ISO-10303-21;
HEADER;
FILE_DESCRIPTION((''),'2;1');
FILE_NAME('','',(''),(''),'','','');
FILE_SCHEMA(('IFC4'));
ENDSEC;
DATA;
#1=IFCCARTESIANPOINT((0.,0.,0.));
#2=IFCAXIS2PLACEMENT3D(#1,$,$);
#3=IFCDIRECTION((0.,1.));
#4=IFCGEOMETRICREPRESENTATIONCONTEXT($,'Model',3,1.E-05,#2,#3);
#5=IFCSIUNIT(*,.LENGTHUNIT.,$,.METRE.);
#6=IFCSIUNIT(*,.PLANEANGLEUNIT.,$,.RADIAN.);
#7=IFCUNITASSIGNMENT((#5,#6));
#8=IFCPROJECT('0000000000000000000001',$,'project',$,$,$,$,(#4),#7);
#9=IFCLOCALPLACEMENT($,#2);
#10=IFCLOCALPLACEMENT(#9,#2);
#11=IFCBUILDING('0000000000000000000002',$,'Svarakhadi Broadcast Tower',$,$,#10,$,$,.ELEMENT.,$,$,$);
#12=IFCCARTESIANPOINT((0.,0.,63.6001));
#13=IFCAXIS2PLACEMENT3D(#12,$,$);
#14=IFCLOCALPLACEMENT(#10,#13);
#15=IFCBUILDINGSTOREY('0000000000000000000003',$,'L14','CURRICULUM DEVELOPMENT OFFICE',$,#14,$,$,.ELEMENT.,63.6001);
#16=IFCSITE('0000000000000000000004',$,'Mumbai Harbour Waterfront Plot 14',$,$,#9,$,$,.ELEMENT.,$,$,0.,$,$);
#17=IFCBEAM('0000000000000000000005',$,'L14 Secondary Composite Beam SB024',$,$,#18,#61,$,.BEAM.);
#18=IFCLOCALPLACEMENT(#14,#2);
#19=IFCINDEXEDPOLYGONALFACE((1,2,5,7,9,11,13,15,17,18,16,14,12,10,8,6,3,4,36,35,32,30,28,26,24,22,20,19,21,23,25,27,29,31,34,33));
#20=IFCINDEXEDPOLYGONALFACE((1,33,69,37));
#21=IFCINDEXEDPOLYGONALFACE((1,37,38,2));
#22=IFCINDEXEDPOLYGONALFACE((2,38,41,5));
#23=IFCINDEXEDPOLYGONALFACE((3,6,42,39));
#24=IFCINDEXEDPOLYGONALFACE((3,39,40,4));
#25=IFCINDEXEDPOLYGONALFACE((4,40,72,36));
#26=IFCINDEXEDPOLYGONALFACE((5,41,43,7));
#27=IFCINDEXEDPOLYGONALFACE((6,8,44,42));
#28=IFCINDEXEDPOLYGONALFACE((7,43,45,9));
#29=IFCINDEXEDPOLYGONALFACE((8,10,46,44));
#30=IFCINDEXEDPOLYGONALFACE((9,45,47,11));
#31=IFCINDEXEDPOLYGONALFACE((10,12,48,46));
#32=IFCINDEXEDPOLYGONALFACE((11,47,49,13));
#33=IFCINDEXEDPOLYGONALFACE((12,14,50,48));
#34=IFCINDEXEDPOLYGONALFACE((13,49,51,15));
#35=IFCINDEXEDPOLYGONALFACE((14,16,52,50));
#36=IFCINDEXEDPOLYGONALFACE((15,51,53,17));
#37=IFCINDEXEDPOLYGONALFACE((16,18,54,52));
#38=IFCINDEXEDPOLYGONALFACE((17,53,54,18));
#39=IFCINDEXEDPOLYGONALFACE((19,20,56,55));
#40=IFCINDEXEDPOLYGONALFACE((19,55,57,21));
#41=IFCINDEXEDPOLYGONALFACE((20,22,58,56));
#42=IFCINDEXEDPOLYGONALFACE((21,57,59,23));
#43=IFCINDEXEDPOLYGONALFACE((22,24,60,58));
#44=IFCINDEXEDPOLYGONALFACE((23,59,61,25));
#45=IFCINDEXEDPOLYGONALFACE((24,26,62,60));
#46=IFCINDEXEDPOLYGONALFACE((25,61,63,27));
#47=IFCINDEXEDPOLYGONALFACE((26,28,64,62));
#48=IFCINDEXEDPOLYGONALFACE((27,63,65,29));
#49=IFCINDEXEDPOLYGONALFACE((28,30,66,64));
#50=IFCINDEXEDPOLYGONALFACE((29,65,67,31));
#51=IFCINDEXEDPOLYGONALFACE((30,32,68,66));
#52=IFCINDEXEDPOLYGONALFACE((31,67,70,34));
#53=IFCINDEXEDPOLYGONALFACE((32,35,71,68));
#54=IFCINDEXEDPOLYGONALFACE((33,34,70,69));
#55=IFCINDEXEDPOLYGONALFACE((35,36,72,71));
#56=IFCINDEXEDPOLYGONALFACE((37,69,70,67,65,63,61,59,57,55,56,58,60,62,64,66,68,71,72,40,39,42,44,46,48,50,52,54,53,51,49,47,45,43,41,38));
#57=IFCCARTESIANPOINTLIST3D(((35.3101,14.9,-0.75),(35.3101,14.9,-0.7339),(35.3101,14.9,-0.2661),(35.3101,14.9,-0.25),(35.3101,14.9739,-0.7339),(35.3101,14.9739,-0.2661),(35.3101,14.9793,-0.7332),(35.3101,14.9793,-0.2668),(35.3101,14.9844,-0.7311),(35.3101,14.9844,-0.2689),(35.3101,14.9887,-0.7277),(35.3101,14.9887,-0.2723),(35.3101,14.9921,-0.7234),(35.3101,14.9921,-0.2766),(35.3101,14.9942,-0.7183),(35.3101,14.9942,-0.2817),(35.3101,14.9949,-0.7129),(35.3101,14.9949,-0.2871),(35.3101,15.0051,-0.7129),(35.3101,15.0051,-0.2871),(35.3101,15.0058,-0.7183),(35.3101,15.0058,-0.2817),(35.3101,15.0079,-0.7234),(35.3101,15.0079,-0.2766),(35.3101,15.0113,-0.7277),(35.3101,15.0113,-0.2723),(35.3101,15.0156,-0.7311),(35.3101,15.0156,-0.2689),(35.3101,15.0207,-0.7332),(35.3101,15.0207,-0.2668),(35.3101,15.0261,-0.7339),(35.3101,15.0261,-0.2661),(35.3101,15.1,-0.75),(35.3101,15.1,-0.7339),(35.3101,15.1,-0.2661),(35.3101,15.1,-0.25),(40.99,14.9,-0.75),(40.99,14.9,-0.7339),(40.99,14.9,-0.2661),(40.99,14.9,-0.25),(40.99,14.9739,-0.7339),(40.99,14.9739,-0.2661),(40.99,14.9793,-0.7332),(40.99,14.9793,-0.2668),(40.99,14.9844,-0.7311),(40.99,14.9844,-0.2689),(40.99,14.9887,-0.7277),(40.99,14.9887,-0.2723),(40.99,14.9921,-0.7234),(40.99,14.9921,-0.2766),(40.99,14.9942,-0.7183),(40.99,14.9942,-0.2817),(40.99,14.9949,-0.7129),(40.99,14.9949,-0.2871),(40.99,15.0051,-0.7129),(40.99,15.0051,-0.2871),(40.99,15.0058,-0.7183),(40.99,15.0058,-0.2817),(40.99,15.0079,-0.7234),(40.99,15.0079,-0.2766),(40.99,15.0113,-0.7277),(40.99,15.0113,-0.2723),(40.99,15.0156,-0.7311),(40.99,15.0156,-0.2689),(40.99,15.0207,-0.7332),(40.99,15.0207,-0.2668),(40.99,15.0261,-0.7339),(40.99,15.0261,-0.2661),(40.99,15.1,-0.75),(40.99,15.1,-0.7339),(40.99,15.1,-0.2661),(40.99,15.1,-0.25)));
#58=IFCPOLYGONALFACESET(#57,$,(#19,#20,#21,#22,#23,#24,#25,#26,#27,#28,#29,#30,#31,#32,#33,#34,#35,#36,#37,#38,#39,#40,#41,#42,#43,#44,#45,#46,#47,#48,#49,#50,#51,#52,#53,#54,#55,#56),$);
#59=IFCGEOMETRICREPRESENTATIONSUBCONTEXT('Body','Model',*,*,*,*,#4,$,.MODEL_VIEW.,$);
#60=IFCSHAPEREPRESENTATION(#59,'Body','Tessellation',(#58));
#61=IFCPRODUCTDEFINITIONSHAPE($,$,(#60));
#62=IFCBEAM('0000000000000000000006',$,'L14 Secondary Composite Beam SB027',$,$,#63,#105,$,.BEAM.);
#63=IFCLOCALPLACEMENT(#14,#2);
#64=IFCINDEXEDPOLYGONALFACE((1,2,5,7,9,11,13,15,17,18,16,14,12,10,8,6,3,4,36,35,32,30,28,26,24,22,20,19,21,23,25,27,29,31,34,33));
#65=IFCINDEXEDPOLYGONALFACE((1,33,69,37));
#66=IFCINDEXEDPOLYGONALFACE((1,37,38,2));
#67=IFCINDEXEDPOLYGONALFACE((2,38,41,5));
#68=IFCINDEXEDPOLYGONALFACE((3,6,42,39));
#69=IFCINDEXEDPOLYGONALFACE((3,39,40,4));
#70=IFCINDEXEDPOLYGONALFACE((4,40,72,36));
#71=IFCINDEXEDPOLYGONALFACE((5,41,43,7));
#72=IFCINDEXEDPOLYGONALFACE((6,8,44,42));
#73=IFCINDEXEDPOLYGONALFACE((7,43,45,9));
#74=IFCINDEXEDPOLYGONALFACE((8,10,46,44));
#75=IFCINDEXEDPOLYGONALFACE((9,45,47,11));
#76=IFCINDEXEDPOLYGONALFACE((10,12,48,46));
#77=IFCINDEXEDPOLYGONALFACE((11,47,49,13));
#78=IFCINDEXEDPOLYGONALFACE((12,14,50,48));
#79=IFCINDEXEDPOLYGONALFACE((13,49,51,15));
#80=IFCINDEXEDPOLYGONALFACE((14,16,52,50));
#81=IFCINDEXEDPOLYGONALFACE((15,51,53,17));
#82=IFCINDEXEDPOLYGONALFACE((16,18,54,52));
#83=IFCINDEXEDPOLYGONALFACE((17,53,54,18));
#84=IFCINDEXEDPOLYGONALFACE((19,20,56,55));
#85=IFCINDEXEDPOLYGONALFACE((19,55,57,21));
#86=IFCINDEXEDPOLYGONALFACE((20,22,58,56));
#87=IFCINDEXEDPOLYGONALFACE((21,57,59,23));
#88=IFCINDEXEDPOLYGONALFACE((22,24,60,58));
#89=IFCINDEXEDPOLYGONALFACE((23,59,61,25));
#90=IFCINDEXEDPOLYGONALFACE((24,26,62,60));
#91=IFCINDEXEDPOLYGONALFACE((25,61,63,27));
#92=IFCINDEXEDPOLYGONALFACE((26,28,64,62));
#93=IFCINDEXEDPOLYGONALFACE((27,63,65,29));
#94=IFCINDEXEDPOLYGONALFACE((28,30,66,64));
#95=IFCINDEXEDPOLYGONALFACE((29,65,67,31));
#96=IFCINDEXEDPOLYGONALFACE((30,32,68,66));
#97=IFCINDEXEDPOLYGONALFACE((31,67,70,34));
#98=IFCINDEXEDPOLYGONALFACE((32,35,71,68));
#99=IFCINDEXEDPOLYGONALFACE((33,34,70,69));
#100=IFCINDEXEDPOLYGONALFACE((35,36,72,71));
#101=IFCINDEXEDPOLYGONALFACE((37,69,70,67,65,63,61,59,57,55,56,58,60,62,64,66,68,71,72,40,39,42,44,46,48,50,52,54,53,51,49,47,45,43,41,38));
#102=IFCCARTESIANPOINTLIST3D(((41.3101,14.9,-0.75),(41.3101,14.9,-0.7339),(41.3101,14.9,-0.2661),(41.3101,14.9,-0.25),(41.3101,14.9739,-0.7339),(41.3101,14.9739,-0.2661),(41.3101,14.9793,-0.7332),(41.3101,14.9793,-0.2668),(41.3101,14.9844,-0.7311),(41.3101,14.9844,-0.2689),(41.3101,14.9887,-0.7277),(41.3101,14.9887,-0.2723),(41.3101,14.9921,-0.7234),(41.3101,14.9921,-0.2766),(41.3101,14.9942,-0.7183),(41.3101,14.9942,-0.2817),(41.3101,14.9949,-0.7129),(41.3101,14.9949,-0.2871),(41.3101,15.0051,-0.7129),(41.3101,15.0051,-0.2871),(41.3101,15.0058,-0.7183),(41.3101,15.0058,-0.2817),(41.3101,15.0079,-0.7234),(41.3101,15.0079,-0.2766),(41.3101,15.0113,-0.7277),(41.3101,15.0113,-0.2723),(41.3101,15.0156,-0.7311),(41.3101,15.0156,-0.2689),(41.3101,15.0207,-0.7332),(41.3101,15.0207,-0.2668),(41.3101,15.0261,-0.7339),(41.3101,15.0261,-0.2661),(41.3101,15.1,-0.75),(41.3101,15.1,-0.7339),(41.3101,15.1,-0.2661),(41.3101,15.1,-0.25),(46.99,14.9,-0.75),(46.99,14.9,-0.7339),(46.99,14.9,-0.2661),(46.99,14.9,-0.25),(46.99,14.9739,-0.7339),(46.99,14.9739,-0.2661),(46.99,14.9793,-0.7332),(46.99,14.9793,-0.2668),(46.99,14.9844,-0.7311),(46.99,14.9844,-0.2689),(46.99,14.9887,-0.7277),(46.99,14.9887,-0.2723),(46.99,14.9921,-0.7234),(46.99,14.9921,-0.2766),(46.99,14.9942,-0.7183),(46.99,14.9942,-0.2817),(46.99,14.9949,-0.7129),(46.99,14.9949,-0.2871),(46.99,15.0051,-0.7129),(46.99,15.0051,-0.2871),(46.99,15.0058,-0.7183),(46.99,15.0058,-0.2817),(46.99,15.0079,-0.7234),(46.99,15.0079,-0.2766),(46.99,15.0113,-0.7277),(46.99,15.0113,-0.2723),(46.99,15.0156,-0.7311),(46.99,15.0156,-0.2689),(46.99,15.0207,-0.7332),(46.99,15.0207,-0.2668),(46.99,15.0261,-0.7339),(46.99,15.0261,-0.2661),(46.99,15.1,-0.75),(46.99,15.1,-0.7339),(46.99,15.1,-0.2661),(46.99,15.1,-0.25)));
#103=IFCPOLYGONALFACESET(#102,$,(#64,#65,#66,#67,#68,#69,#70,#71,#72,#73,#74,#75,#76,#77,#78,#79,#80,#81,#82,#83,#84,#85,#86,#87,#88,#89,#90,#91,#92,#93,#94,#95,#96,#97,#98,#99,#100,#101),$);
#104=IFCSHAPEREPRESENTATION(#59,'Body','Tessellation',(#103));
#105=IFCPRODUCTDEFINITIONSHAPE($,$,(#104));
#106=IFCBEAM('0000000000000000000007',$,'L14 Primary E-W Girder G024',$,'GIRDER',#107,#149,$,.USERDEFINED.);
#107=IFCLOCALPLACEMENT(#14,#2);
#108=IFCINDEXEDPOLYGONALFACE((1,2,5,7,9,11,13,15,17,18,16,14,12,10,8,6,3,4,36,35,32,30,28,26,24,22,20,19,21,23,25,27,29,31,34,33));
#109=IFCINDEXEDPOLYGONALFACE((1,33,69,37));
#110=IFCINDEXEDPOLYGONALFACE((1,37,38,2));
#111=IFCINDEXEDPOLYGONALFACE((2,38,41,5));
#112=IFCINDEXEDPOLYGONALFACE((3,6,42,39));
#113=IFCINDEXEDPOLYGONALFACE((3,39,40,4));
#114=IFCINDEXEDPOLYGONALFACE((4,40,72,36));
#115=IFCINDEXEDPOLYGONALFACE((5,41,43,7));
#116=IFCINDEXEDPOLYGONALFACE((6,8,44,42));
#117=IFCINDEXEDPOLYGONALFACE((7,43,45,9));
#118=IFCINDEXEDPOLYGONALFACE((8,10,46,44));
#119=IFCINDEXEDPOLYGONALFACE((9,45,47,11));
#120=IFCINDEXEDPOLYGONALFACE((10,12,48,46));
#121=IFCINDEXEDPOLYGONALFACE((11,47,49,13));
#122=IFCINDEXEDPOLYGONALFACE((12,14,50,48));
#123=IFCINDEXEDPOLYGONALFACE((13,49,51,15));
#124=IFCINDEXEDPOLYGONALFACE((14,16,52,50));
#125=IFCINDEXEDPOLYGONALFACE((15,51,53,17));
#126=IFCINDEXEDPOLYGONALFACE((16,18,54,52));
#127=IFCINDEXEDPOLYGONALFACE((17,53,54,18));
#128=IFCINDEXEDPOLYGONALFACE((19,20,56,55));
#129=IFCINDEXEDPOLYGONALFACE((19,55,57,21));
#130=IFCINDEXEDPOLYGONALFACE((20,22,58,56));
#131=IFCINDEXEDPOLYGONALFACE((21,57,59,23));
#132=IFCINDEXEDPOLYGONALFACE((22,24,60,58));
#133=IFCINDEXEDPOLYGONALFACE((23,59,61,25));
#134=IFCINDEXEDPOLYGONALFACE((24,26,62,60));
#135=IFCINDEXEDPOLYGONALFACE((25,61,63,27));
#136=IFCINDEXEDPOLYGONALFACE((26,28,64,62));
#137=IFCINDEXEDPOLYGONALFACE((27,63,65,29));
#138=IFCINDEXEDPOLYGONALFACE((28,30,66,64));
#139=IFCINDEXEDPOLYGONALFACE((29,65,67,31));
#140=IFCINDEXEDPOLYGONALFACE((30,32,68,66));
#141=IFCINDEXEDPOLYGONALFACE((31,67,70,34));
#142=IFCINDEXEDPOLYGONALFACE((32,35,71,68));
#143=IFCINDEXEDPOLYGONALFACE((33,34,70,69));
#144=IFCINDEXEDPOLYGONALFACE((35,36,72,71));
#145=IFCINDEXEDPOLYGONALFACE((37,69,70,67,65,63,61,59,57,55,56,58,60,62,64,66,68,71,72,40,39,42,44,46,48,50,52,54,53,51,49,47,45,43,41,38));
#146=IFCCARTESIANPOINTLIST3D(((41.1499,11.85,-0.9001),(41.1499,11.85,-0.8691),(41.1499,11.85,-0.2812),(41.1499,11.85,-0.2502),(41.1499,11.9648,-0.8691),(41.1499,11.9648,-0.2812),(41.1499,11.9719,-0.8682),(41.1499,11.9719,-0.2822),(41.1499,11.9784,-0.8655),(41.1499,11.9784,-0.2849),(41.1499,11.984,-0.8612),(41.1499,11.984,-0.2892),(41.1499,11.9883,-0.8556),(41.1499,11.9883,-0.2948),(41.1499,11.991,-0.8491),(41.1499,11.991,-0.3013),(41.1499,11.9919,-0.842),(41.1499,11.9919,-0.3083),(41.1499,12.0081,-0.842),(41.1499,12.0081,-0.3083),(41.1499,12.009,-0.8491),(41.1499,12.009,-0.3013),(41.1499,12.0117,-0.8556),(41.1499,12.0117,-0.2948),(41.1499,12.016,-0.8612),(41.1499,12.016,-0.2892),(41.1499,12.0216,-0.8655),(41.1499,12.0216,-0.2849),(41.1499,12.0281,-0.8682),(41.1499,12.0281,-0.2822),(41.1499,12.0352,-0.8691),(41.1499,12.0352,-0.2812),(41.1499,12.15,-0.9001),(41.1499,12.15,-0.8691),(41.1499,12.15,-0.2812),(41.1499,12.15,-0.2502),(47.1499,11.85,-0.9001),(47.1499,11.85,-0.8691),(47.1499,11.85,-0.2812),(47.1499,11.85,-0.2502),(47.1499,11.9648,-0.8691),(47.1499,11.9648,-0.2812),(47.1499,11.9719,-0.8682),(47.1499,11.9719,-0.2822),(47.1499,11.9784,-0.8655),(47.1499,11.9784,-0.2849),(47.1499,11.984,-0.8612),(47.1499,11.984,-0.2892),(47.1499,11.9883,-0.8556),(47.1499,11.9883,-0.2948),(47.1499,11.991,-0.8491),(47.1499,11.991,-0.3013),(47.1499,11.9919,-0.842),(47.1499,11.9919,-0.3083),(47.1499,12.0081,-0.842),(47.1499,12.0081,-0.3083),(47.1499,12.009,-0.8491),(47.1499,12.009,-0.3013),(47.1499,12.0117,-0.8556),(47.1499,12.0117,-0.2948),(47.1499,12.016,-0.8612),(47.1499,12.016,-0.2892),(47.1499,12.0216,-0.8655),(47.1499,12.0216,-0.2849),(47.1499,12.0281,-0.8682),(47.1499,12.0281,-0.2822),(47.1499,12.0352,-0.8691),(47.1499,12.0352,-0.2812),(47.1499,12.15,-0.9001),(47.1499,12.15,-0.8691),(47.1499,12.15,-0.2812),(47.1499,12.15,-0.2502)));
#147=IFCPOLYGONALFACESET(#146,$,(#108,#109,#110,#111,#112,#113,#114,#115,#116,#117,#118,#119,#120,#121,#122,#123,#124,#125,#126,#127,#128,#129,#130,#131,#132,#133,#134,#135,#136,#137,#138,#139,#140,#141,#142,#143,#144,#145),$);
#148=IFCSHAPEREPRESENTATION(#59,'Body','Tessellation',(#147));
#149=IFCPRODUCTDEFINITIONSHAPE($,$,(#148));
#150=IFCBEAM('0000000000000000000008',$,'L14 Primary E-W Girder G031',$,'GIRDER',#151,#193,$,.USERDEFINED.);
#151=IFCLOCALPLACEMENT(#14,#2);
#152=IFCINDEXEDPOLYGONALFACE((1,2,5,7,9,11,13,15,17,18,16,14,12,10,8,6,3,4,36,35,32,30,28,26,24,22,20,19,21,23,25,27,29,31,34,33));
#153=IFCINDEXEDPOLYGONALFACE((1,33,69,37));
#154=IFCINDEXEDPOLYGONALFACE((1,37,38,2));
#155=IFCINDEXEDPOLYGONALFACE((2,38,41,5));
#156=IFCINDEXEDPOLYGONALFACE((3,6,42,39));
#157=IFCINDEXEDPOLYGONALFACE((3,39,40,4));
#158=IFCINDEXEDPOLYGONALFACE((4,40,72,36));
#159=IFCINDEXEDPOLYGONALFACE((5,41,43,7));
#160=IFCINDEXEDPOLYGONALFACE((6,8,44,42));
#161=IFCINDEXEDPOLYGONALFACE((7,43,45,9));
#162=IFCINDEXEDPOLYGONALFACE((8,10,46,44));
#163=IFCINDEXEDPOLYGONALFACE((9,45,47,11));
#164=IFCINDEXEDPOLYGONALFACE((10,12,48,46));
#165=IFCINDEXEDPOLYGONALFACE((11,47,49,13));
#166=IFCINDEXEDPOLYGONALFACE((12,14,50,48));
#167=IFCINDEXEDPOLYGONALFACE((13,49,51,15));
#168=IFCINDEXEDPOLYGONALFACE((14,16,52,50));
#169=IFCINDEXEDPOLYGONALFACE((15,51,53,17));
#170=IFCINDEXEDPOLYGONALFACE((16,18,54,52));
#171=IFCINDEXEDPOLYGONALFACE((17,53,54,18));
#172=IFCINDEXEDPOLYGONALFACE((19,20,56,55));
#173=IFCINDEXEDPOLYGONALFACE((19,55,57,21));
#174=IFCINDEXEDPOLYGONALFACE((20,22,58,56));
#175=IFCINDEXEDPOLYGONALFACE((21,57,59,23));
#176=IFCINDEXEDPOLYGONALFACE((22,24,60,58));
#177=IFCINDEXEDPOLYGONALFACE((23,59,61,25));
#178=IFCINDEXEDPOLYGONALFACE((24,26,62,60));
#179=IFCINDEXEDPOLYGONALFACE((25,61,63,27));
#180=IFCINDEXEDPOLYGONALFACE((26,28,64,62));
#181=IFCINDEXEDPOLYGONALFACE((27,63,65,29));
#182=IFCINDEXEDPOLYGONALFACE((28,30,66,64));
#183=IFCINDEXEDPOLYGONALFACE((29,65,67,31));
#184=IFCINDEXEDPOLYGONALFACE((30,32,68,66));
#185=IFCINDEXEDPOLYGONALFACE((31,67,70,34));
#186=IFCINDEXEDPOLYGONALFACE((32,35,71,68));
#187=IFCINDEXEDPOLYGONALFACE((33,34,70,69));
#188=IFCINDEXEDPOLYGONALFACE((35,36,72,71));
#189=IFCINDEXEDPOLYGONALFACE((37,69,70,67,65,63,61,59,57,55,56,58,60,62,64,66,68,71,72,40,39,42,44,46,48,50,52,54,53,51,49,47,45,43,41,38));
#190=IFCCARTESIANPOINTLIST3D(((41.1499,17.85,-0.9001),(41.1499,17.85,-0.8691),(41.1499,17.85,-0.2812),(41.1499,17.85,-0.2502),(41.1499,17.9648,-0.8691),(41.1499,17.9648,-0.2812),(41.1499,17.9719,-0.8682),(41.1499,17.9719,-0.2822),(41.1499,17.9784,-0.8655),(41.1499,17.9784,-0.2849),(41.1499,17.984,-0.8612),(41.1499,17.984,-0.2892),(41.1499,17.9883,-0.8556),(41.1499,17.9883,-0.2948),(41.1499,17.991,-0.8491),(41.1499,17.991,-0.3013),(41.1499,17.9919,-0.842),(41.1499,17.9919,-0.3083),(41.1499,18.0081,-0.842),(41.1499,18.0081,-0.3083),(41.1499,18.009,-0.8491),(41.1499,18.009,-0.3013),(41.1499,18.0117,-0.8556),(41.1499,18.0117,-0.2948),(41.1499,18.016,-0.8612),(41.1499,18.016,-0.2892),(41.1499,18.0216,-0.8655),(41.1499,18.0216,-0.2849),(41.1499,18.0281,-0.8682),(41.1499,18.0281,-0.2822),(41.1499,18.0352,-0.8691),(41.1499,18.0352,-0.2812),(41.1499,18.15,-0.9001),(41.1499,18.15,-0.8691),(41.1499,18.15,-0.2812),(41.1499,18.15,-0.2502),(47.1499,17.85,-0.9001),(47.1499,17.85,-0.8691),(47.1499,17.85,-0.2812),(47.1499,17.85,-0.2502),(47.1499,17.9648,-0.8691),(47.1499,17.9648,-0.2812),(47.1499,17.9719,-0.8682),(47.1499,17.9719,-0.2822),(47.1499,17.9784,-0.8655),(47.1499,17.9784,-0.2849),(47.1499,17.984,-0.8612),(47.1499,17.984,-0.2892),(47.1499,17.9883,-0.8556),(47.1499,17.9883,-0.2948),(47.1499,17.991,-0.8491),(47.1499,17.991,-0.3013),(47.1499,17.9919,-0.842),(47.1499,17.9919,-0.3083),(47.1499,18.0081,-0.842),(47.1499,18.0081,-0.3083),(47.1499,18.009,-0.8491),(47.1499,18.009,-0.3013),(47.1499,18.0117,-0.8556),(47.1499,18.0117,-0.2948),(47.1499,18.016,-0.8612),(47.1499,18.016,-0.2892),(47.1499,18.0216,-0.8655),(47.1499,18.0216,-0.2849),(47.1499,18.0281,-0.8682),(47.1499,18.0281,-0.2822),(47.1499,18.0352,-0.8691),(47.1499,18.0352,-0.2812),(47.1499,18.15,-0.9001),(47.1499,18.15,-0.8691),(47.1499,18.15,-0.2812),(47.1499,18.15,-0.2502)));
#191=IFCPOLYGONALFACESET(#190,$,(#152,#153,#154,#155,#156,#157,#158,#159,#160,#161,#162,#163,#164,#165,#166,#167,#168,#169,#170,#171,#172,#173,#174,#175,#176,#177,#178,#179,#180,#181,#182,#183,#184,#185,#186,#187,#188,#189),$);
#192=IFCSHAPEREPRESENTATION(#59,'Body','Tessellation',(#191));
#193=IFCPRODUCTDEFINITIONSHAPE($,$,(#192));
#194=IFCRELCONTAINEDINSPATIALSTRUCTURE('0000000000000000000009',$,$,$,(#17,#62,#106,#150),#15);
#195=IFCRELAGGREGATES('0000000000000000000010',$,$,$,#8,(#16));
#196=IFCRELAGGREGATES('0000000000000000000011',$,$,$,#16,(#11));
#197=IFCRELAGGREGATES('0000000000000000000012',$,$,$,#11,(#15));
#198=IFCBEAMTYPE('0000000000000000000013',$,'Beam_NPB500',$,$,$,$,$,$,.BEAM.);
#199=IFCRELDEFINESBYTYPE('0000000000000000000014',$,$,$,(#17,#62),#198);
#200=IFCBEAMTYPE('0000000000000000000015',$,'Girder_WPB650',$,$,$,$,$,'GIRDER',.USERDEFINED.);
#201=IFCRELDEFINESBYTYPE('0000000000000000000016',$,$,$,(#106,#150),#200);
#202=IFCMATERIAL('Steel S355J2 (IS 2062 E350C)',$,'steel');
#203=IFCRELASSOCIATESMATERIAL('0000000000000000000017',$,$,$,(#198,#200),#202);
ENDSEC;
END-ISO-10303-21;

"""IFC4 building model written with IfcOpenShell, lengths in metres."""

from ifc_helpers import new_model, si_unit, direction, frame, origin, origin_2d, place, context, subcontext, project, spatial, i_section, extrude, material, material_profile, profile_set, type_object, element, save


model = new_model("IFC4")

# Units and contexts
model_context = context("Model", 3, precision=1e-05, world=origin(), true_north=direction((0.0, 1.0)))
body_context = subcontext(model_context, "Body", "Model", "MODEL_VIEW")
ifc_project = project(units=[si_unit("LENGTHUNIT", "METRE"), si_unit("PLANEANGLEUNIT", "RADIAN")], contexts=[model_context])

# Site, building, storey
site_placement = place(None, origin())
site = spatial("IfcSite", under=ifc_project, at=site_placement, Name="Mumbai Harbour Waterfront Plot 14", CompositionType="ELEMENT", RefElevation=0.0)
building_placement = place(site_placement, origin())
building = spatial("IfcBuilding", under=site, at=building_placement, Name="Svarakhadi Broadcast Tower", CompositionType="ELEMENT")
storey_placement = place(building_placement, frame((0.0, 0.0, 63.6001)))
storey = spatial("IfcBuildingStorey", under=building, at=storey_placement, Name="L14", Description="CURRICULUM DEVELOPMENT OFFICE", CompositionType="ELEMENT", Elevation=63.6001)

# Beams
ifc_material_1 = material(Name="Steel S355J2 (IS 2062 E350C)", Category="steel")
ifc_material_profile_1 = material_profile(ifc_material_1, i_section(OverallWidth=0.2, OverallDepth=0.5, WebThickness=0.0103, FlangeThickness=0.0161, FilletRadius=0.021, at=origin_2d()), Name="NPB 500x200x91")
ifc_profile_set_1 = profile_set([ifc_material_profile_1], Name="Steel S355J2 (IS 2062 E350C)")
beam_type_1 = type_object("IfcBeamType", Name="Beam_NPB500", PredefinedType="BEAM", material=ifc_profile_set_1)
for number, where, z_axis, x_axis, name in (
    (1, (35.3101, 15.0, -0.5), (1.0, 0.0, 0.0), (0.0, 1.0, 0.0), "L14 Secondary Composite Beam SB024"),
    (2, (41.3101, 15.0, -0.5), (1.0, 0.0, 0.0), (0.0, 1.0, 0.0), "L14 Secondary Composite Beam SB027"),
):
    element("IfcBeam", number, at=place(storey_placement, frame(where, z_axis=z_axis, x_axis=x_axis)), inside=storey, type_object=beam_type_1, Name=name, PredefinedType="BEAM", context=body_context, shape_type="SweptSolid", body=[
        extrude(i_section(OverallWidth=0.2, OverallDepth=0.5, WebThickness=0.0103, FlangeThickness=0.0161, FilletRadius=0.021, at=origin_2d()), origin(), (0.0, 0.0, 1.0), 5.6799),
    ])
ifc_material_profile_2 = material_profile(ifc_material_1, i_section(OverallWidth=0.3, OverallDepth=0.6499, WebThickness=0.0161, FlangeThickness=0.031, FilletRadius=0.0271, at=origin_2d()), Name="WPB 650x300x225")
ifc_profile_set_2 = profile_set([ifc_material_profile_2], Name="Steel S355J2 (IS 2062 E350C)")
beam_type_2 = type_object("IfcBeamType", Name="Girder_WPB650", ElementType="GIRDER", PredefinedType="USERDEFINED", material=ifc_profile_set_2)
for number, where, z_axis, x_axis, name in (
    (3, (41.1499, 12.0, -0.5752), (1.0, 0.0, 0.0), (0.0, 1.0, 0.0), "L14 Primary E-W Girder G024"),
    (4, (41.1499, 18.0, -0.5752), (1.0, 0.0, 0.0), (0.0, 1.0, 0.0), "L14 Primary E-W Girder G031"),
):
    element("IfcBeam", number, at=place(storey_placement, frame(where, z_axis=z_axis, x_axis=x_axis)), inside=storey, type_object=beam_type_2, Name=name, ObjectType="GIRDER", PredefinedType="USERDEFINED", context=body_context, shape_type="SweptSolid", body=[
        extrude(i_section(OverallWidth=0.3, OverallDepth=0.6499, WebThickness=0.0161, FlangeThickness=0.031, FilletRadius=0.0271, at=origin_2d()), origin(), (0.0, 0.0, 1.0), 6.0),
    ])

save(model, "model.ifc")
